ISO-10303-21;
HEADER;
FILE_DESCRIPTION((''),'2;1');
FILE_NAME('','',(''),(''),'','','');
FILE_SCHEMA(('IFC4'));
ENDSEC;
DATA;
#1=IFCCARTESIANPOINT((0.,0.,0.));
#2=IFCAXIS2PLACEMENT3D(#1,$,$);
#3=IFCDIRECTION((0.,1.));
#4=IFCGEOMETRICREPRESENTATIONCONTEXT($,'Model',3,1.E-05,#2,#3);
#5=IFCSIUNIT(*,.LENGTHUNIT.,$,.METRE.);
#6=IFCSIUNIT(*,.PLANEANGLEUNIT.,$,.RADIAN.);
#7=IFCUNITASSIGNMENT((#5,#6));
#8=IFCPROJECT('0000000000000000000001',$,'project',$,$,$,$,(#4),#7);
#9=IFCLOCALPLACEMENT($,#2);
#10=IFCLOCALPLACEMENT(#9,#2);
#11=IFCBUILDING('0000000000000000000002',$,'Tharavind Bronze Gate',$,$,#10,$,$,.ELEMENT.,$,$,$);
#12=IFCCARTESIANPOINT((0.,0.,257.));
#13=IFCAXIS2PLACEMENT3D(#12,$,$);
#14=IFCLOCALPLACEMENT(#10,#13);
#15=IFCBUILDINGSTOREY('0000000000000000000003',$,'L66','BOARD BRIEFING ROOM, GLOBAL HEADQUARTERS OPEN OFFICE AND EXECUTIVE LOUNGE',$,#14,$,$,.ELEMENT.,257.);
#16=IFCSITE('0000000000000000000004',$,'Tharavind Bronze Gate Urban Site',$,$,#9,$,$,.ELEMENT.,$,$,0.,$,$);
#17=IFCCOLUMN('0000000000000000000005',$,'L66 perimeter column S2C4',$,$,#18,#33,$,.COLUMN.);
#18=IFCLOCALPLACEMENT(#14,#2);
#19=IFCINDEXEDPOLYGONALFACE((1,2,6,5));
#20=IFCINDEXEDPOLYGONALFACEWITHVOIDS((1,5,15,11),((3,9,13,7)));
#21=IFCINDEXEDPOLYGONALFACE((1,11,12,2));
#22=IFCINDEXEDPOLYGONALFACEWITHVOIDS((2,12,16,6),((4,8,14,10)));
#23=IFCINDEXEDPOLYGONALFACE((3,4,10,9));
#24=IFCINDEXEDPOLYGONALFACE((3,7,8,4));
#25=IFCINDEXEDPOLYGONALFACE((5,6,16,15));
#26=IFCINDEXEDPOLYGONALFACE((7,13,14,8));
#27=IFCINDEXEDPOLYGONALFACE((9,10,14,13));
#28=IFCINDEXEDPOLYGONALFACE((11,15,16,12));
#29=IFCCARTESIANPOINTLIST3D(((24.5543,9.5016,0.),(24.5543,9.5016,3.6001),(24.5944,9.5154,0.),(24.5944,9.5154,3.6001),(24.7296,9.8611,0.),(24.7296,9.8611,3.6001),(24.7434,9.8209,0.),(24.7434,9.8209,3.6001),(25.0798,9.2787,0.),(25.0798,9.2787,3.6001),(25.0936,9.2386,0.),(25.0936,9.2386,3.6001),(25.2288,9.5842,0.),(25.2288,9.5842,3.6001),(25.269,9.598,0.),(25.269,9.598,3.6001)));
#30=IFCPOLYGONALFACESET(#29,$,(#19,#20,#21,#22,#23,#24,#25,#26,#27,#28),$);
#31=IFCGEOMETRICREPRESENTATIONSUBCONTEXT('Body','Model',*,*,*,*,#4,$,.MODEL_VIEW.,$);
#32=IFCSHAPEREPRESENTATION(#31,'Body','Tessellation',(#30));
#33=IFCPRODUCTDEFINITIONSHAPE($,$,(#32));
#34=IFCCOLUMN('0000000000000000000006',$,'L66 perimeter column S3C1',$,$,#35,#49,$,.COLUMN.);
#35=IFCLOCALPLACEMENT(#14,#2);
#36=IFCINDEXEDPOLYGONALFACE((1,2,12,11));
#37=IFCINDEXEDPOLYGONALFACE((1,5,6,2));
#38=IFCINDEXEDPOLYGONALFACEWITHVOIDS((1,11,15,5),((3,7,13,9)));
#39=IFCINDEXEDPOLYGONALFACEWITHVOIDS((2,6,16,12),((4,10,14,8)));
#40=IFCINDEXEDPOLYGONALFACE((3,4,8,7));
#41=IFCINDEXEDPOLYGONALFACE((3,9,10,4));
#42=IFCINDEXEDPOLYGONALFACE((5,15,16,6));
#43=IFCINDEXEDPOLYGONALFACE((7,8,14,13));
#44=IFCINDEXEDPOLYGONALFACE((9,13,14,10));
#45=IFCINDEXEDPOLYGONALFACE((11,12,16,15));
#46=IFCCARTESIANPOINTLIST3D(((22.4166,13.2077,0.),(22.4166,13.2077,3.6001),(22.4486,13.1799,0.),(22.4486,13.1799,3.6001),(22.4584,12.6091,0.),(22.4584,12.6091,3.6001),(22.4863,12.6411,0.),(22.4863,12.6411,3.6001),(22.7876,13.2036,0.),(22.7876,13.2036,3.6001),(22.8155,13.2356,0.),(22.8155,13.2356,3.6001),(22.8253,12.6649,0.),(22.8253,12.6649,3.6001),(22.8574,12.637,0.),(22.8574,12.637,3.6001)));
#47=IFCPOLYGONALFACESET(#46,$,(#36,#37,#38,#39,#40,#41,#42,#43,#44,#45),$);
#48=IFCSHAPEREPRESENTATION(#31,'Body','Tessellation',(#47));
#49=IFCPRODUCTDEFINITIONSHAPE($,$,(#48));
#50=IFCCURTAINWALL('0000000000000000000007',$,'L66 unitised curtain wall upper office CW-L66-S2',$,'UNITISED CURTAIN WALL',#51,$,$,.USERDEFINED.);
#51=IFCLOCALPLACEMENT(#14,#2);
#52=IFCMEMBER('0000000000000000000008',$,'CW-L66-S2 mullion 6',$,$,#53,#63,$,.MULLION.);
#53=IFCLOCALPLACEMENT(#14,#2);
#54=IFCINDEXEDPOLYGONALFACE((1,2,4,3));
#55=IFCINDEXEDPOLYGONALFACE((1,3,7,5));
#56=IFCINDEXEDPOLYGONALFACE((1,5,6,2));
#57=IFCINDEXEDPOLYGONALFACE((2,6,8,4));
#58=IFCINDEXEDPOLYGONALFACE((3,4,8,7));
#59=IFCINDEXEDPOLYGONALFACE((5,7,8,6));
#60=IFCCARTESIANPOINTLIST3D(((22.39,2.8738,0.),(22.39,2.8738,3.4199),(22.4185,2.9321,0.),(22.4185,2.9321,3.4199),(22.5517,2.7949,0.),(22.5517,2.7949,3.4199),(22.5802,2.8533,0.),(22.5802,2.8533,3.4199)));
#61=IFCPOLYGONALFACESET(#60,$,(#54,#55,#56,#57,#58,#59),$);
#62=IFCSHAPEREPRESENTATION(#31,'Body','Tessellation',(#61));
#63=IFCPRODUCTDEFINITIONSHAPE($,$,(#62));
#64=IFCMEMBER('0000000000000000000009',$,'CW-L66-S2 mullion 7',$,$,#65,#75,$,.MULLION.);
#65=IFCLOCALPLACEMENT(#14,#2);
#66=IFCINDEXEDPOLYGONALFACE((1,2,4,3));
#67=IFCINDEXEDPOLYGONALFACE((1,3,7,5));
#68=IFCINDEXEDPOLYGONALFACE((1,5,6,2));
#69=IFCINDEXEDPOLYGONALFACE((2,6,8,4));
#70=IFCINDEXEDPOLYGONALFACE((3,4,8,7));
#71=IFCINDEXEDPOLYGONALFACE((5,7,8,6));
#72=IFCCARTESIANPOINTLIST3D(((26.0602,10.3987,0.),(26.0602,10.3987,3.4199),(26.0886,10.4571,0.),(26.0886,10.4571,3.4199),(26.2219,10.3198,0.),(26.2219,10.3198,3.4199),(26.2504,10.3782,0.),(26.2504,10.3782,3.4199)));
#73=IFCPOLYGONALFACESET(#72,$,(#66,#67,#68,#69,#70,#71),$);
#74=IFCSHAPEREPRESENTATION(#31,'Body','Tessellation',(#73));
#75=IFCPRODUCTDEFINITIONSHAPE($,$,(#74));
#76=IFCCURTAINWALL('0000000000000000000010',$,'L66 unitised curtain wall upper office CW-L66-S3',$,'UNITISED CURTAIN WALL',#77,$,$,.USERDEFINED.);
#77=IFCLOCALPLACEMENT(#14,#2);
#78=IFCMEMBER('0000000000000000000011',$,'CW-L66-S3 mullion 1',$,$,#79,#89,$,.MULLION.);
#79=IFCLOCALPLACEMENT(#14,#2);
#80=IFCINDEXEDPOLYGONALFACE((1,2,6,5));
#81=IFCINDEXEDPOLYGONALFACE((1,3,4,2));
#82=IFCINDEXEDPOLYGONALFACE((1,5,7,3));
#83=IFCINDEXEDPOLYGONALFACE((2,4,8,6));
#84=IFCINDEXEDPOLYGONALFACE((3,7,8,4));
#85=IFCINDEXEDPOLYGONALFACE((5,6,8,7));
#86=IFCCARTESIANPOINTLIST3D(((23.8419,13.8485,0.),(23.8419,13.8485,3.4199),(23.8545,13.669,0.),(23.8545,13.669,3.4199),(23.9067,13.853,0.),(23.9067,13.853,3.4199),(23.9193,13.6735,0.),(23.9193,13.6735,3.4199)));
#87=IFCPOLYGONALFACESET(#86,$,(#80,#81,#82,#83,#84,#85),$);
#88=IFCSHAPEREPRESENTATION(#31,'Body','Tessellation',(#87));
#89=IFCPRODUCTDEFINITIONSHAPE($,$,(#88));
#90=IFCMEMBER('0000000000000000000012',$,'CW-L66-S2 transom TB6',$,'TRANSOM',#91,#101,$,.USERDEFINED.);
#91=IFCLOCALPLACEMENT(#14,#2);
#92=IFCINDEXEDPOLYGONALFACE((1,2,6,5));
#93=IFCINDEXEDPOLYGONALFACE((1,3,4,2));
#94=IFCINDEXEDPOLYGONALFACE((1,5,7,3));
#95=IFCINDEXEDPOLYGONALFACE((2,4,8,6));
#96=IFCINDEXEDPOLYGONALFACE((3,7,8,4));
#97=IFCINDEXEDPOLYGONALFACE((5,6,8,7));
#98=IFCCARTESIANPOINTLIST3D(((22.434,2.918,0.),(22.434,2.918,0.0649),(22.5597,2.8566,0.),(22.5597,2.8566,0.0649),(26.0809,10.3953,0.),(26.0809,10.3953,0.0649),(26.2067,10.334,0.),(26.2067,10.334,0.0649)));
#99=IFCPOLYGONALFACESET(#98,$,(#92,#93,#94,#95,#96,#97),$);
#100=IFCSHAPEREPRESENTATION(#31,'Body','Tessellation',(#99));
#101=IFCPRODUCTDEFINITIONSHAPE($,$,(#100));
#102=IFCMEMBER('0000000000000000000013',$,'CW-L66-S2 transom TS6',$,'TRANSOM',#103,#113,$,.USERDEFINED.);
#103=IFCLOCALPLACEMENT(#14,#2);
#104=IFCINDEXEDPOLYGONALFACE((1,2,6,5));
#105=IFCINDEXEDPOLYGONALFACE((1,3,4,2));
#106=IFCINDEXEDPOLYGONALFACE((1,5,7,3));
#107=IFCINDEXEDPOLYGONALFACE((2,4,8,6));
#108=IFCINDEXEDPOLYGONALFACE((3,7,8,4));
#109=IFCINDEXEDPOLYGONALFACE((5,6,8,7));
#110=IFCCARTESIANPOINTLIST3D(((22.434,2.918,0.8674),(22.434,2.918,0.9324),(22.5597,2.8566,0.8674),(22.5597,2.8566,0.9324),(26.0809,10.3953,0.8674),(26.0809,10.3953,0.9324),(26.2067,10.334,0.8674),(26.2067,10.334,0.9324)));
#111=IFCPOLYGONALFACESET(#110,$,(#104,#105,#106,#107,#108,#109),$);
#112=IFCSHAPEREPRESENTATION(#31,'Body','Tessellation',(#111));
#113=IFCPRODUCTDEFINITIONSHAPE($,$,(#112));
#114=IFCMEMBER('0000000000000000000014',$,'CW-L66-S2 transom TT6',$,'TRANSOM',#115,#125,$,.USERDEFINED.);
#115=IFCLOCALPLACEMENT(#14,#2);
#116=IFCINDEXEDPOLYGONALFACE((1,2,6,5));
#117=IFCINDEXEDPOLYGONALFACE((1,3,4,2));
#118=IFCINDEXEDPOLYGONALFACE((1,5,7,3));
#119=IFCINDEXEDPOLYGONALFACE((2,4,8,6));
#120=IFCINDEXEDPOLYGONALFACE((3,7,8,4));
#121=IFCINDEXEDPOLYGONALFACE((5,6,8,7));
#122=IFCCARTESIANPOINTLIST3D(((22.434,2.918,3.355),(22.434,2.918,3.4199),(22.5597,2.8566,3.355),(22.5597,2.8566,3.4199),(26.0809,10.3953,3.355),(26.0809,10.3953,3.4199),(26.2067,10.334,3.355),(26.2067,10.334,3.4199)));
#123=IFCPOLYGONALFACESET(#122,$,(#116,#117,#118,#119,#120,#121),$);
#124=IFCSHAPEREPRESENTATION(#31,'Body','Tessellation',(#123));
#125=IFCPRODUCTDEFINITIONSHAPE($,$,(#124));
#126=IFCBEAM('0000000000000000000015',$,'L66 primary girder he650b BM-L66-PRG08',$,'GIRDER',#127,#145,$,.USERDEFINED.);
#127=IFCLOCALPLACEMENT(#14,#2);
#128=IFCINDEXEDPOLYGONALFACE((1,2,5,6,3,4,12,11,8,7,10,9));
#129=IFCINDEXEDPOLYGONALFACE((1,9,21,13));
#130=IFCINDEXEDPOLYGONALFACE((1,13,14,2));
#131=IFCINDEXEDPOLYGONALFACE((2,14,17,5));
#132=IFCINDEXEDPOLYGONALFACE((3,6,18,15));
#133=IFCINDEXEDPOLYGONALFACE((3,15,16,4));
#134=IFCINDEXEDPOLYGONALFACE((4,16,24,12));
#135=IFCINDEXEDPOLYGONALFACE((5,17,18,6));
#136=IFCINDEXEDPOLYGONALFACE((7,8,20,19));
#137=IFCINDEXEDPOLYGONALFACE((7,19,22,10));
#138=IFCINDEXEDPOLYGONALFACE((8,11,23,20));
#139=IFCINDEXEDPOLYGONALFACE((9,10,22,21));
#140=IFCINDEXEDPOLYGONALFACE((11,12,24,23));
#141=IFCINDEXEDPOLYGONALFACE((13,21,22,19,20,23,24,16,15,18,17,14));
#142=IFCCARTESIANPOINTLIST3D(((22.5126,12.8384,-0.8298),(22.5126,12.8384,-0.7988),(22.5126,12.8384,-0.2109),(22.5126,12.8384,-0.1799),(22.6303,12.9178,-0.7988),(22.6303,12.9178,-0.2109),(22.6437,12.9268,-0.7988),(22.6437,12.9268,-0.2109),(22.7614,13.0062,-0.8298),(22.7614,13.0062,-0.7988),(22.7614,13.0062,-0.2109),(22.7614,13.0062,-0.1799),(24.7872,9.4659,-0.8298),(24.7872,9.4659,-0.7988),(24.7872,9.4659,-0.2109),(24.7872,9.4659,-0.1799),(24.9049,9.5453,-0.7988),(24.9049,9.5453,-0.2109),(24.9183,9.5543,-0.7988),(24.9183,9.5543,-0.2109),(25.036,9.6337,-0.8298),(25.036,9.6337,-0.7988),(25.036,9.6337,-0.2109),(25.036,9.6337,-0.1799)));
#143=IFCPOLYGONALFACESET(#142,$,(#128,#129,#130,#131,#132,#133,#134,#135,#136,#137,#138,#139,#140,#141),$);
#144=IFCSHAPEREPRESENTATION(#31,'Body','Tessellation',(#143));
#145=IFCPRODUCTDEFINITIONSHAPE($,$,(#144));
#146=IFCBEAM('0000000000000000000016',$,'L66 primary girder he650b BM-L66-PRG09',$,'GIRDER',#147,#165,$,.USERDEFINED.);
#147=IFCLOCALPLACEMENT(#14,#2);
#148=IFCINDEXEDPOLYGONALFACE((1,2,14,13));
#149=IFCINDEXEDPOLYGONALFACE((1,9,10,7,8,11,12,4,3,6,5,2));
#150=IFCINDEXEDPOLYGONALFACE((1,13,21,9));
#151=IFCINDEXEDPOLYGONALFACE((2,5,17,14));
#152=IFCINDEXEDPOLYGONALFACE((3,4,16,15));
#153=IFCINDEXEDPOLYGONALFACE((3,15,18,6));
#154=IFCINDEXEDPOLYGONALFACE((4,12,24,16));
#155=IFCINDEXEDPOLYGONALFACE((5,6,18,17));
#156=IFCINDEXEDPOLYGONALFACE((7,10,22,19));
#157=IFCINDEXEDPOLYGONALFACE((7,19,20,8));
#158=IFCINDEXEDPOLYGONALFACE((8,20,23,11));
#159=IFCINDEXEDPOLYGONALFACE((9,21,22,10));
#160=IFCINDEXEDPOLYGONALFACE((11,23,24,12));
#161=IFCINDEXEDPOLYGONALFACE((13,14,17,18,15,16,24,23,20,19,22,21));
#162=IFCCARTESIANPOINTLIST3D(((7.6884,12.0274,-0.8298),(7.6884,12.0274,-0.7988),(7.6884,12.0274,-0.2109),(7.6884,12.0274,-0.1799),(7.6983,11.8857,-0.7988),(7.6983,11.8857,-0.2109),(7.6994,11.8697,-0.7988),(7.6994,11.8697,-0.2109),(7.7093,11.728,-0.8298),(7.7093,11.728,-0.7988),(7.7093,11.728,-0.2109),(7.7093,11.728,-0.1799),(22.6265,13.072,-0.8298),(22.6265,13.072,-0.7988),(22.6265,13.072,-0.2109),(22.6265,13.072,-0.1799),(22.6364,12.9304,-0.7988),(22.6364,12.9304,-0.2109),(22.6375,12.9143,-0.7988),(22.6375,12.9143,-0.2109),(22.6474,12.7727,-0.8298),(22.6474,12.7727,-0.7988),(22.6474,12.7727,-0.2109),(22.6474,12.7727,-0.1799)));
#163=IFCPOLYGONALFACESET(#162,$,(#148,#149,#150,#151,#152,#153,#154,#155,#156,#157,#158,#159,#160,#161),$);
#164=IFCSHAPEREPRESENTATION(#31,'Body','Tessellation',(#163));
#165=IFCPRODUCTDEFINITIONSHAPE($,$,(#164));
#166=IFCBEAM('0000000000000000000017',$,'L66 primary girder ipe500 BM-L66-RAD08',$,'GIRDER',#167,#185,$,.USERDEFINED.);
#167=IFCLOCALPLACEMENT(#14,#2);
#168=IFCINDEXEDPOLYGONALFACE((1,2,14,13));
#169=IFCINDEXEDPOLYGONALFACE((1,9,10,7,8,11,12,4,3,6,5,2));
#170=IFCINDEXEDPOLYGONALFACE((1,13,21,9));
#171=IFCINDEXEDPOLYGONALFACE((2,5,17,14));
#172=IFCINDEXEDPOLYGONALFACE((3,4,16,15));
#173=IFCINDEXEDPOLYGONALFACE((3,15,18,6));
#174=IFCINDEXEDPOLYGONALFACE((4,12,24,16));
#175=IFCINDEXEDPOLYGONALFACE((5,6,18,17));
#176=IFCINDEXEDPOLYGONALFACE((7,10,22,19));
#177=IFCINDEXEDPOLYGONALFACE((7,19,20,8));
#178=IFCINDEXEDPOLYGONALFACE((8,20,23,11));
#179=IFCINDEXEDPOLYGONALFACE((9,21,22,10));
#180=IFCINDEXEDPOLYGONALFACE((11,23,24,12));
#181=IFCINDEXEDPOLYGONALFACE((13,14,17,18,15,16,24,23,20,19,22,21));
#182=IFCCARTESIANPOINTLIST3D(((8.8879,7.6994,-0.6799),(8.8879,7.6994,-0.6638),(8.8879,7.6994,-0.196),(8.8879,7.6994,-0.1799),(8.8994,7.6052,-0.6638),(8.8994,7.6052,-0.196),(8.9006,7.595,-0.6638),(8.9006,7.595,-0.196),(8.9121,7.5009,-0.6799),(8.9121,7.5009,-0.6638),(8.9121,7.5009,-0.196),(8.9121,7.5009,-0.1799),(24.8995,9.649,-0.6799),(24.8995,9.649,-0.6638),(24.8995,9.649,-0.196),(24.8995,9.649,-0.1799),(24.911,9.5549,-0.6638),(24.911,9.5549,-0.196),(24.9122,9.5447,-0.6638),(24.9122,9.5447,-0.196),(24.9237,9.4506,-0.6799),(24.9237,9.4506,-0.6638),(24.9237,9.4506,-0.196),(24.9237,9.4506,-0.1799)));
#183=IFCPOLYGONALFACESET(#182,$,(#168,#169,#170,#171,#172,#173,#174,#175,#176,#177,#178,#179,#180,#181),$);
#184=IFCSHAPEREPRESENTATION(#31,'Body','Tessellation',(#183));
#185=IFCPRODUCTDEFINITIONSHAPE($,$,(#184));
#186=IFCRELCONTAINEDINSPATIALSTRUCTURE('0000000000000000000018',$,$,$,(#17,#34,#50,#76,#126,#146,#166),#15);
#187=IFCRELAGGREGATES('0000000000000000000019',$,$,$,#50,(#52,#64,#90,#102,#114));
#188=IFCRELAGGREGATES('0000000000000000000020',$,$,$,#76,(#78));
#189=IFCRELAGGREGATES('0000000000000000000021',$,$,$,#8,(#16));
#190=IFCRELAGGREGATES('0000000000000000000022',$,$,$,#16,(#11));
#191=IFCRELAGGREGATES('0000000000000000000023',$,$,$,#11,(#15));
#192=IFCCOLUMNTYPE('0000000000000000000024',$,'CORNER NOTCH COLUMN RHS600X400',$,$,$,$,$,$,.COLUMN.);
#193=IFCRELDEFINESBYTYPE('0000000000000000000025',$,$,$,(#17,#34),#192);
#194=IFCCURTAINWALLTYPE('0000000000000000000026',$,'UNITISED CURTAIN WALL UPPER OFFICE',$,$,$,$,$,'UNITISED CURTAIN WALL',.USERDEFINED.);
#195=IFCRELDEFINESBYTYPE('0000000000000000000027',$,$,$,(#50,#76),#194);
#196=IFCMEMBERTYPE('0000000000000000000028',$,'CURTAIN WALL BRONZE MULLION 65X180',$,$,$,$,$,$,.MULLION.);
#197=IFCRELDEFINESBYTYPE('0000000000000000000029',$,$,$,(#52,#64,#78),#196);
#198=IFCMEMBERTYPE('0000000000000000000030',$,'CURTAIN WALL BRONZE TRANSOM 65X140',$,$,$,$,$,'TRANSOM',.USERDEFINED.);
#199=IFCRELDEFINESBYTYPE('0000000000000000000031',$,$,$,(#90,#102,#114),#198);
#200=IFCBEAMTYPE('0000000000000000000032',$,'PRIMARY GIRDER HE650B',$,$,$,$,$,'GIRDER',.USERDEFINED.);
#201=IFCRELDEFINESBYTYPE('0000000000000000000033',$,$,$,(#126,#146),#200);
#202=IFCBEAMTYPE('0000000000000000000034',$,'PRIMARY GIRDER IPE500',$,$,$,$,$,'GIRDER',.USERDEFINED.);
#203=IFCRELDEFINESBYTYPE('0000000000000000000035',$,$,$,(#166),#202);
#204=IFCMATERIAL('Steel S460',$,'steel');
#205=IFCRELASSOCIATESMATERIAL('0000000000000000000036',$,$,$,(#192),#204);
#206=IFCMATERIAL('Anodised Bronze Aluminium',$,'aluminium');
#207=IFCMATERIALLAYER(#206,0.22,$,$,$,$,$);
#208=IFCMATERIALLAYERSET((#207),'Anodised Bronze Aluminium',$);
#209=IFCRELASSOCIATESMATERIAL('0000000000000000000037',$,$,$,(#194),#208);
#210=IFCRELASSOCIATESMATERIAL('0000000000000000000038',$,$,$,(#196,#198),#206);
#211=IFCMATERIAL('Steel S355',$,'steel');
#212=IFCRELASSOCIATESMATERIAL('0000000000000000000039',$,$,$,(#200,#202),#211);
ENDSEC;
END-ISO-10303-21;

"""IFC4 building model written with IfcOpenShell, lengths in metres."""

from ifc_helpers import new_model, si_unit, direction, frame, origin, origin_2d, place, context, subcontext, project, spatial, rectangle, hollow_rectangle, i_section, extrude, material, layer, layer_set, material_profile, profile_set, type_object, element, aggregate, save


model = new_model("IFC4")

# Units and contexts
model_context = context("Model", 3, precision=1e-05, world=origin(), true_north=direction((0.0, 1.0)))
body_context = subcontext(model_context, "Body", "Model", "MODEL_VIEW")
ifc_project = project(units=[si_unit("LENGTHUNIT", "METRE"), si_unit("PLANEANGLEUNIT", "RADIAN")], contexts=[model_context])

# Site, building, storey
site_placement = place(None, origin())
site = spatial("IfcSite", under=ifc_project, at=site_placement, Name="Tharavind Bronze Gate Urban Site", CompositionType="ELEMENT", RefElevation=0.0)
building_placement = place(site_placement, origin())
building = spatial("IfcBuilding", under=site, at=building_placement, Name="Tharavind Bronze Gate", CompositionType="ELEMENT")
storey_placement = place(building_placement, frame((0.0, 0.0, 257.0)))
storey = spatial("IfcBuildingStorey", under=building, at=storey_placement, Name="L66", Description="BOARD BRIEFING ROOM, GLOBAL HEADQUARTERS OPEN OFFICE AND EXECUTIVE LOUNGE", CompositionType="ELEMENT", Elevation=257.0)

# Columns
ifc_material_1 = material(Name="Steel S460", Category="steel")
ifc_material_profile_1 = material_profile(ifc_material_1, hollow_rectangle(XDim=0.3999, YDim=0.6001, WallThickness=0.03, at=origin_2d()), Name="RHS600X400X30")
ifc_profile_set_1 = profile_set([ifc_material_profile_1], Name="Steel S460")
column_type = type_object("IfcColumnType", Name="CORNER NOTCH COLUMN RHS600X400", PredefinedType="COLUMN", material=ifc_profile_set_1)
for number, where, z_axis, x_axis, name in (
    (1, (24.9116, 9.5498, 0.0), (0.0, 0.0, 1.0), (0.438373, 0.898793, 0.0), "L66 perimeter column S2C4"),
    (2, (22.637, 12.9224, 0.0), (0.0, 0.0, 1.0), (0.997564, 0.069758, 0.0), "L66 perimeter column S3C1"),
):
    element("IfcColumn", number, at=place(storey_placement, frame(where, z_axis=z_axis, x_axis=x_axis)), inside=storey, type_object=column_type, Name=name, PredefinedType="COLUMN", context=body_context, shape_type="SweptSolid", body=[
        extrude(hollow_rectangle(XDim=0.3999, YDim=0.6001, WallThickness=0.03, at=origin_2d()), origin(), (0.0, 0.0, 1.0), 3.6001),
    ])

# Curtain wall, members
ifc_material_2 = material(Name="Anodised Bronze Aluminium", Category="aluminium")
ifc_layer_1 = layer(ifc_material_2, 0.22)
ifc_layer_set_1 = layer_set([ifc_layer_1], Name="Anodised Bronze Aluminium")
curtain_wall_type = type_object("IfcCurtainWallType", Name="UNITISED CURTAIN WALL UPPER OFFICE", ElementType="UNITISED CURTAIN WALL", PredefinedType="USERDEFINED", material=ifc_layer_set_1)
curtain_wall_1_placement = place(storey_placement, origin())
curtain_wall_1 = element("IfcCurtainWall", 3, at=curtain_wall_1_placement, inside=storey, type_object=curtain_wall_type, Name="L66 unitised curtain wall upper office CW-L66-S2", ObjectType="UNITISED CURTAIN WALL", PredefinedType="USERDEFINED")
member_type_1 = type_object("IfcMemberType", Name="CURTAIN WALL BRONZE MULLION 65X180", PredefinedType="MULLION", material=ifc_material_2)
member_1_placement = place(storey_placement, frame((22.4851, 2.8635, 0.0), z_axis=(0.0, 0.0, 1.0), x_axis=(0.438373, 0.898793, 0.0)))
member_1 = element("IfcMember", 4, at=member_1_placement, type_object=member_type_1, Name="CW-L66-S2 mullion 6", PredefinedType="MULLION", context=body_context, shape_type="SweptSolid", body=[
    extrude(rectangle(XDim=0.0649, YDim=0.1799, at=origin_2d()), origin(), (0.0, 0.0, 1.0), 3.4199),
])
member_2_placement = place(storey_placement, frame((26.1553, 10.3884, 0.0), z_axis=(0.0, 0.0, 1.0), x_axis=(0.438373, 0.898793, 0.0)))
member_2 = element("IfcMember", 5, at=member_2_placement, type_object=member_type_1, Name="CW-L66-S2 mullion 7", PredefinedType="MULLION", context=body_context, shape_type="SweptSolid", body=[
    extrude(rectangle(XDim=0.0649, YDim=0.1799, at=origin_2d()), origin(), (0.0, 0.0, 1.0), 3.4199),
])

# Curtain wall, member
curtain_wall_2_placement = place(storey_placement, origin())
curtain_wall_2 = element("IfcCurtainWall", 6, at=curtain_wall_2_placement, inside=storey, type_object=curtain_wall_type, Name="L66 unitised curtain wall upper office CW-L66-S3", ObjectType="UNITISED CURTAIN WALL", PredefinedType="USERDEFINED")
member_3_placement = place(storey_placement, frame((23.8806, 13.761, 0.0), z_axis=(0.0, 0.0, 1.0), x_axis=(-0.997564, -0.06976, 0.0)))
member_3 = element("IfcMember", 7, at=member_3_placement, type_object=member_type_1, Name="CW-L66-S3 mullion 1", PredefinedType="MULLION", context=body_context, shape_type="SweptSolid", body=[
    extrude(rectangle(XDim=0.0649, YDim=0.1799, at=origin_2d()), origin(), (0.0, 0.0, 1.0), 3.4199),
])

# Members
member_type_2 = type_object("IfcMemberType", Name="CURTAIN WALL BRONZE TRANSOM 65X140", ElementType="TRANSOM", PredefinedType="USERDEFINED", material=ifc_material_2)
member_4_placement = place(storey_placement, frame((24.3203, 6.626, 0.0), z_axis=(0.0, 0.0, 1.0), x_axis=(0.438373, 0.898793, 0.0)))
member_4 = element("IfcMember", 8, at=member_4_placement, type_object=member_type_2, Name="CW-L66-S2 transom TB6", ObjectType="TRANSOM", PredefinedType="USERDEFINED", context=body_context, shape_type="SweptSolid", body=[
    extrude(rectangle(XDim=8.3193, YDim=0.1399, at=origin_2d()), origin(), (0.0, 0.0, 1.0), 0.0649),
])
member_5_placement = place(storey_placement, frame((24.3203, 6.626, 0.8674), z_axis=(0.0, 0.0, 1.0), x_axis=(0.438373, 0.898793, 0.0)))
member_5 = element("IfcMember", 9, at=member_5_placement, type_object=member_type_2, Name="CW-L66-S2 transom TS6", ObjectType="TRANSOM", PredefinedType="USERDEFINED", context=body_context, shape_type="SweptSolid", body=[
    extrude(rectangle(XDim=8.3193, YDim=0.1399, at=origin_2d()), origin(), (0.0, 0.0, 1.0), 0.0649),
])
member_6_placement = place(storey_placement, frame((24.3203, 6.626, 3.355), z_axis=(0.0, 0.0, 1.0), x_axis=(0.438373, 0.898793, 0.0)))
member_6 = element("IfcMember", 10, at=member_6_placement, type_object=member_type_2, Name="CW-L66-S2 transom TT6", ObjectType="TRANSOM", PredefinedType="USERDEFINED", context=body_context, shape_type="SweptSolid", body=[
    extrude(rectangle(XDim=8.3193, YDim=0.1399, at=origin_2d()), origin(), (0.0, 0.0, 1.0), 0.0649),
])

# Beams
ifc_material_3 = material(Name="Steel S355", Category="steel")
ifc_material_profile_2 = material_profile(ifc_material_3, i_section(OverallWidth=0.3, OverallDepth=0.6499, WebThickness=0.0161, FlangeThickness=0.031, at=origin_2d()), Name="HE650B")
ifc_profile_set_2 = profile_set([ifc_material_profile_2], Name="Steel S355")
beam_type_1 = type_object("IfcBeamType", Name="PRIMARY GIRDER HE650B", ElementType="GIRDER", PredefinedType="USERDEFINED", material=ifc_profile_set_2)
beam_1_placement = place(storey_placement, frame((24.9116, 9.5498, -0.5049), z_axis=(-0.559166, 0.829056, 0.0), x_axis=(-0.829056, -0.559166, 0.0)))
element("IfcBeam", 11, at=beam_1_placement, inside=storey, type_object=beam_type_1, Name="L66 primary girder he650b BM-L66-PRG08", ObjectType="GIRDER", PredefinedType="USERDEFINED", context=body_context, shape_type="SweptSolid", body=[
    extrude(i_section(OverallWidth=0.3, OverallDepth=0.6499, WebThickness=0.0161, FlangeThickness=0.031, at=origin_2d()), origin(), (0.0, 0.0, 1.0), 4.0679),
])
beam_2_placement = place(storey_placement, frame((22.637, 12.9224, -0.5049), z_axis=(-0.997564, -0.069763, 0.0), x_axis=(0.069763, -0.997564, 0.0)))
element("IfcBeam", 12, at=beam_2_placement, inside=storey, type_object=beam_type_1, Name="L66 primary girder he650b BM-L66-PRG09", ObjectType="GIRDER", PredefinedType="USERDEFINED", context=body_context, shape_type="SweptSolid", body=[
    extrude(i_section(OverallWidth=0.3, OverallDepth=0.6499, WebThickness=0.0161, FlangeThickness=0.031, at=origin_2d()), origin(), (0.0, 0.0, 1.0), 14.9746),
])
ifc_material_profile_3 = material_profile(ifc_material_3, i_section(OverallWidth=0.2, OverallDepth=0.5, WebThickness=0.0103, FlangeThickness=0.0161, at=origin_2d()), Name="IPE500")
ifc_profile_set_3 = profile_set([ifc_material_profile_3], Name="Steel S355")
beam_type_2 = type_object("IfcBeamType", Name="PRIMARY GIRDER IPE500", ElementType="GIRDER", PredefinedType="USERDEFINED", material=ifc_profile_set_3)
beam_3_placement = place(storey_placement, frame((24.9116, 9.5498, -0.4299), z_axis=(-0.992668, -0.120875, 0.0), x_axis=(0.120875, -0.992668, 0.0)))
element("IfcBeam", 13, at=beam_3_placement, inside=storey, type_object=beam_type_2, Name="L66 primary girder ipe500 BM-L66-RAD08", ObjectType="GIRDER", PredefinedType="USERDEFINED", context=body_context, shape_type="SweptSolid", body=[
    extrude(i_section(OverallWidth=0.2, OverallDepth=0.5, WebThickness=0.0103, FlangeThickness=0.0161, at=origin_2d()), origin(), (0.0, 0.0, 1.0), 16.1299),
])

aggregate(curtain_wall_1, [member_1, member_2, member_4, member_5, member_6])
aggregate(curtain_wall_2, [member_3])

save(model, "model.ifc")
